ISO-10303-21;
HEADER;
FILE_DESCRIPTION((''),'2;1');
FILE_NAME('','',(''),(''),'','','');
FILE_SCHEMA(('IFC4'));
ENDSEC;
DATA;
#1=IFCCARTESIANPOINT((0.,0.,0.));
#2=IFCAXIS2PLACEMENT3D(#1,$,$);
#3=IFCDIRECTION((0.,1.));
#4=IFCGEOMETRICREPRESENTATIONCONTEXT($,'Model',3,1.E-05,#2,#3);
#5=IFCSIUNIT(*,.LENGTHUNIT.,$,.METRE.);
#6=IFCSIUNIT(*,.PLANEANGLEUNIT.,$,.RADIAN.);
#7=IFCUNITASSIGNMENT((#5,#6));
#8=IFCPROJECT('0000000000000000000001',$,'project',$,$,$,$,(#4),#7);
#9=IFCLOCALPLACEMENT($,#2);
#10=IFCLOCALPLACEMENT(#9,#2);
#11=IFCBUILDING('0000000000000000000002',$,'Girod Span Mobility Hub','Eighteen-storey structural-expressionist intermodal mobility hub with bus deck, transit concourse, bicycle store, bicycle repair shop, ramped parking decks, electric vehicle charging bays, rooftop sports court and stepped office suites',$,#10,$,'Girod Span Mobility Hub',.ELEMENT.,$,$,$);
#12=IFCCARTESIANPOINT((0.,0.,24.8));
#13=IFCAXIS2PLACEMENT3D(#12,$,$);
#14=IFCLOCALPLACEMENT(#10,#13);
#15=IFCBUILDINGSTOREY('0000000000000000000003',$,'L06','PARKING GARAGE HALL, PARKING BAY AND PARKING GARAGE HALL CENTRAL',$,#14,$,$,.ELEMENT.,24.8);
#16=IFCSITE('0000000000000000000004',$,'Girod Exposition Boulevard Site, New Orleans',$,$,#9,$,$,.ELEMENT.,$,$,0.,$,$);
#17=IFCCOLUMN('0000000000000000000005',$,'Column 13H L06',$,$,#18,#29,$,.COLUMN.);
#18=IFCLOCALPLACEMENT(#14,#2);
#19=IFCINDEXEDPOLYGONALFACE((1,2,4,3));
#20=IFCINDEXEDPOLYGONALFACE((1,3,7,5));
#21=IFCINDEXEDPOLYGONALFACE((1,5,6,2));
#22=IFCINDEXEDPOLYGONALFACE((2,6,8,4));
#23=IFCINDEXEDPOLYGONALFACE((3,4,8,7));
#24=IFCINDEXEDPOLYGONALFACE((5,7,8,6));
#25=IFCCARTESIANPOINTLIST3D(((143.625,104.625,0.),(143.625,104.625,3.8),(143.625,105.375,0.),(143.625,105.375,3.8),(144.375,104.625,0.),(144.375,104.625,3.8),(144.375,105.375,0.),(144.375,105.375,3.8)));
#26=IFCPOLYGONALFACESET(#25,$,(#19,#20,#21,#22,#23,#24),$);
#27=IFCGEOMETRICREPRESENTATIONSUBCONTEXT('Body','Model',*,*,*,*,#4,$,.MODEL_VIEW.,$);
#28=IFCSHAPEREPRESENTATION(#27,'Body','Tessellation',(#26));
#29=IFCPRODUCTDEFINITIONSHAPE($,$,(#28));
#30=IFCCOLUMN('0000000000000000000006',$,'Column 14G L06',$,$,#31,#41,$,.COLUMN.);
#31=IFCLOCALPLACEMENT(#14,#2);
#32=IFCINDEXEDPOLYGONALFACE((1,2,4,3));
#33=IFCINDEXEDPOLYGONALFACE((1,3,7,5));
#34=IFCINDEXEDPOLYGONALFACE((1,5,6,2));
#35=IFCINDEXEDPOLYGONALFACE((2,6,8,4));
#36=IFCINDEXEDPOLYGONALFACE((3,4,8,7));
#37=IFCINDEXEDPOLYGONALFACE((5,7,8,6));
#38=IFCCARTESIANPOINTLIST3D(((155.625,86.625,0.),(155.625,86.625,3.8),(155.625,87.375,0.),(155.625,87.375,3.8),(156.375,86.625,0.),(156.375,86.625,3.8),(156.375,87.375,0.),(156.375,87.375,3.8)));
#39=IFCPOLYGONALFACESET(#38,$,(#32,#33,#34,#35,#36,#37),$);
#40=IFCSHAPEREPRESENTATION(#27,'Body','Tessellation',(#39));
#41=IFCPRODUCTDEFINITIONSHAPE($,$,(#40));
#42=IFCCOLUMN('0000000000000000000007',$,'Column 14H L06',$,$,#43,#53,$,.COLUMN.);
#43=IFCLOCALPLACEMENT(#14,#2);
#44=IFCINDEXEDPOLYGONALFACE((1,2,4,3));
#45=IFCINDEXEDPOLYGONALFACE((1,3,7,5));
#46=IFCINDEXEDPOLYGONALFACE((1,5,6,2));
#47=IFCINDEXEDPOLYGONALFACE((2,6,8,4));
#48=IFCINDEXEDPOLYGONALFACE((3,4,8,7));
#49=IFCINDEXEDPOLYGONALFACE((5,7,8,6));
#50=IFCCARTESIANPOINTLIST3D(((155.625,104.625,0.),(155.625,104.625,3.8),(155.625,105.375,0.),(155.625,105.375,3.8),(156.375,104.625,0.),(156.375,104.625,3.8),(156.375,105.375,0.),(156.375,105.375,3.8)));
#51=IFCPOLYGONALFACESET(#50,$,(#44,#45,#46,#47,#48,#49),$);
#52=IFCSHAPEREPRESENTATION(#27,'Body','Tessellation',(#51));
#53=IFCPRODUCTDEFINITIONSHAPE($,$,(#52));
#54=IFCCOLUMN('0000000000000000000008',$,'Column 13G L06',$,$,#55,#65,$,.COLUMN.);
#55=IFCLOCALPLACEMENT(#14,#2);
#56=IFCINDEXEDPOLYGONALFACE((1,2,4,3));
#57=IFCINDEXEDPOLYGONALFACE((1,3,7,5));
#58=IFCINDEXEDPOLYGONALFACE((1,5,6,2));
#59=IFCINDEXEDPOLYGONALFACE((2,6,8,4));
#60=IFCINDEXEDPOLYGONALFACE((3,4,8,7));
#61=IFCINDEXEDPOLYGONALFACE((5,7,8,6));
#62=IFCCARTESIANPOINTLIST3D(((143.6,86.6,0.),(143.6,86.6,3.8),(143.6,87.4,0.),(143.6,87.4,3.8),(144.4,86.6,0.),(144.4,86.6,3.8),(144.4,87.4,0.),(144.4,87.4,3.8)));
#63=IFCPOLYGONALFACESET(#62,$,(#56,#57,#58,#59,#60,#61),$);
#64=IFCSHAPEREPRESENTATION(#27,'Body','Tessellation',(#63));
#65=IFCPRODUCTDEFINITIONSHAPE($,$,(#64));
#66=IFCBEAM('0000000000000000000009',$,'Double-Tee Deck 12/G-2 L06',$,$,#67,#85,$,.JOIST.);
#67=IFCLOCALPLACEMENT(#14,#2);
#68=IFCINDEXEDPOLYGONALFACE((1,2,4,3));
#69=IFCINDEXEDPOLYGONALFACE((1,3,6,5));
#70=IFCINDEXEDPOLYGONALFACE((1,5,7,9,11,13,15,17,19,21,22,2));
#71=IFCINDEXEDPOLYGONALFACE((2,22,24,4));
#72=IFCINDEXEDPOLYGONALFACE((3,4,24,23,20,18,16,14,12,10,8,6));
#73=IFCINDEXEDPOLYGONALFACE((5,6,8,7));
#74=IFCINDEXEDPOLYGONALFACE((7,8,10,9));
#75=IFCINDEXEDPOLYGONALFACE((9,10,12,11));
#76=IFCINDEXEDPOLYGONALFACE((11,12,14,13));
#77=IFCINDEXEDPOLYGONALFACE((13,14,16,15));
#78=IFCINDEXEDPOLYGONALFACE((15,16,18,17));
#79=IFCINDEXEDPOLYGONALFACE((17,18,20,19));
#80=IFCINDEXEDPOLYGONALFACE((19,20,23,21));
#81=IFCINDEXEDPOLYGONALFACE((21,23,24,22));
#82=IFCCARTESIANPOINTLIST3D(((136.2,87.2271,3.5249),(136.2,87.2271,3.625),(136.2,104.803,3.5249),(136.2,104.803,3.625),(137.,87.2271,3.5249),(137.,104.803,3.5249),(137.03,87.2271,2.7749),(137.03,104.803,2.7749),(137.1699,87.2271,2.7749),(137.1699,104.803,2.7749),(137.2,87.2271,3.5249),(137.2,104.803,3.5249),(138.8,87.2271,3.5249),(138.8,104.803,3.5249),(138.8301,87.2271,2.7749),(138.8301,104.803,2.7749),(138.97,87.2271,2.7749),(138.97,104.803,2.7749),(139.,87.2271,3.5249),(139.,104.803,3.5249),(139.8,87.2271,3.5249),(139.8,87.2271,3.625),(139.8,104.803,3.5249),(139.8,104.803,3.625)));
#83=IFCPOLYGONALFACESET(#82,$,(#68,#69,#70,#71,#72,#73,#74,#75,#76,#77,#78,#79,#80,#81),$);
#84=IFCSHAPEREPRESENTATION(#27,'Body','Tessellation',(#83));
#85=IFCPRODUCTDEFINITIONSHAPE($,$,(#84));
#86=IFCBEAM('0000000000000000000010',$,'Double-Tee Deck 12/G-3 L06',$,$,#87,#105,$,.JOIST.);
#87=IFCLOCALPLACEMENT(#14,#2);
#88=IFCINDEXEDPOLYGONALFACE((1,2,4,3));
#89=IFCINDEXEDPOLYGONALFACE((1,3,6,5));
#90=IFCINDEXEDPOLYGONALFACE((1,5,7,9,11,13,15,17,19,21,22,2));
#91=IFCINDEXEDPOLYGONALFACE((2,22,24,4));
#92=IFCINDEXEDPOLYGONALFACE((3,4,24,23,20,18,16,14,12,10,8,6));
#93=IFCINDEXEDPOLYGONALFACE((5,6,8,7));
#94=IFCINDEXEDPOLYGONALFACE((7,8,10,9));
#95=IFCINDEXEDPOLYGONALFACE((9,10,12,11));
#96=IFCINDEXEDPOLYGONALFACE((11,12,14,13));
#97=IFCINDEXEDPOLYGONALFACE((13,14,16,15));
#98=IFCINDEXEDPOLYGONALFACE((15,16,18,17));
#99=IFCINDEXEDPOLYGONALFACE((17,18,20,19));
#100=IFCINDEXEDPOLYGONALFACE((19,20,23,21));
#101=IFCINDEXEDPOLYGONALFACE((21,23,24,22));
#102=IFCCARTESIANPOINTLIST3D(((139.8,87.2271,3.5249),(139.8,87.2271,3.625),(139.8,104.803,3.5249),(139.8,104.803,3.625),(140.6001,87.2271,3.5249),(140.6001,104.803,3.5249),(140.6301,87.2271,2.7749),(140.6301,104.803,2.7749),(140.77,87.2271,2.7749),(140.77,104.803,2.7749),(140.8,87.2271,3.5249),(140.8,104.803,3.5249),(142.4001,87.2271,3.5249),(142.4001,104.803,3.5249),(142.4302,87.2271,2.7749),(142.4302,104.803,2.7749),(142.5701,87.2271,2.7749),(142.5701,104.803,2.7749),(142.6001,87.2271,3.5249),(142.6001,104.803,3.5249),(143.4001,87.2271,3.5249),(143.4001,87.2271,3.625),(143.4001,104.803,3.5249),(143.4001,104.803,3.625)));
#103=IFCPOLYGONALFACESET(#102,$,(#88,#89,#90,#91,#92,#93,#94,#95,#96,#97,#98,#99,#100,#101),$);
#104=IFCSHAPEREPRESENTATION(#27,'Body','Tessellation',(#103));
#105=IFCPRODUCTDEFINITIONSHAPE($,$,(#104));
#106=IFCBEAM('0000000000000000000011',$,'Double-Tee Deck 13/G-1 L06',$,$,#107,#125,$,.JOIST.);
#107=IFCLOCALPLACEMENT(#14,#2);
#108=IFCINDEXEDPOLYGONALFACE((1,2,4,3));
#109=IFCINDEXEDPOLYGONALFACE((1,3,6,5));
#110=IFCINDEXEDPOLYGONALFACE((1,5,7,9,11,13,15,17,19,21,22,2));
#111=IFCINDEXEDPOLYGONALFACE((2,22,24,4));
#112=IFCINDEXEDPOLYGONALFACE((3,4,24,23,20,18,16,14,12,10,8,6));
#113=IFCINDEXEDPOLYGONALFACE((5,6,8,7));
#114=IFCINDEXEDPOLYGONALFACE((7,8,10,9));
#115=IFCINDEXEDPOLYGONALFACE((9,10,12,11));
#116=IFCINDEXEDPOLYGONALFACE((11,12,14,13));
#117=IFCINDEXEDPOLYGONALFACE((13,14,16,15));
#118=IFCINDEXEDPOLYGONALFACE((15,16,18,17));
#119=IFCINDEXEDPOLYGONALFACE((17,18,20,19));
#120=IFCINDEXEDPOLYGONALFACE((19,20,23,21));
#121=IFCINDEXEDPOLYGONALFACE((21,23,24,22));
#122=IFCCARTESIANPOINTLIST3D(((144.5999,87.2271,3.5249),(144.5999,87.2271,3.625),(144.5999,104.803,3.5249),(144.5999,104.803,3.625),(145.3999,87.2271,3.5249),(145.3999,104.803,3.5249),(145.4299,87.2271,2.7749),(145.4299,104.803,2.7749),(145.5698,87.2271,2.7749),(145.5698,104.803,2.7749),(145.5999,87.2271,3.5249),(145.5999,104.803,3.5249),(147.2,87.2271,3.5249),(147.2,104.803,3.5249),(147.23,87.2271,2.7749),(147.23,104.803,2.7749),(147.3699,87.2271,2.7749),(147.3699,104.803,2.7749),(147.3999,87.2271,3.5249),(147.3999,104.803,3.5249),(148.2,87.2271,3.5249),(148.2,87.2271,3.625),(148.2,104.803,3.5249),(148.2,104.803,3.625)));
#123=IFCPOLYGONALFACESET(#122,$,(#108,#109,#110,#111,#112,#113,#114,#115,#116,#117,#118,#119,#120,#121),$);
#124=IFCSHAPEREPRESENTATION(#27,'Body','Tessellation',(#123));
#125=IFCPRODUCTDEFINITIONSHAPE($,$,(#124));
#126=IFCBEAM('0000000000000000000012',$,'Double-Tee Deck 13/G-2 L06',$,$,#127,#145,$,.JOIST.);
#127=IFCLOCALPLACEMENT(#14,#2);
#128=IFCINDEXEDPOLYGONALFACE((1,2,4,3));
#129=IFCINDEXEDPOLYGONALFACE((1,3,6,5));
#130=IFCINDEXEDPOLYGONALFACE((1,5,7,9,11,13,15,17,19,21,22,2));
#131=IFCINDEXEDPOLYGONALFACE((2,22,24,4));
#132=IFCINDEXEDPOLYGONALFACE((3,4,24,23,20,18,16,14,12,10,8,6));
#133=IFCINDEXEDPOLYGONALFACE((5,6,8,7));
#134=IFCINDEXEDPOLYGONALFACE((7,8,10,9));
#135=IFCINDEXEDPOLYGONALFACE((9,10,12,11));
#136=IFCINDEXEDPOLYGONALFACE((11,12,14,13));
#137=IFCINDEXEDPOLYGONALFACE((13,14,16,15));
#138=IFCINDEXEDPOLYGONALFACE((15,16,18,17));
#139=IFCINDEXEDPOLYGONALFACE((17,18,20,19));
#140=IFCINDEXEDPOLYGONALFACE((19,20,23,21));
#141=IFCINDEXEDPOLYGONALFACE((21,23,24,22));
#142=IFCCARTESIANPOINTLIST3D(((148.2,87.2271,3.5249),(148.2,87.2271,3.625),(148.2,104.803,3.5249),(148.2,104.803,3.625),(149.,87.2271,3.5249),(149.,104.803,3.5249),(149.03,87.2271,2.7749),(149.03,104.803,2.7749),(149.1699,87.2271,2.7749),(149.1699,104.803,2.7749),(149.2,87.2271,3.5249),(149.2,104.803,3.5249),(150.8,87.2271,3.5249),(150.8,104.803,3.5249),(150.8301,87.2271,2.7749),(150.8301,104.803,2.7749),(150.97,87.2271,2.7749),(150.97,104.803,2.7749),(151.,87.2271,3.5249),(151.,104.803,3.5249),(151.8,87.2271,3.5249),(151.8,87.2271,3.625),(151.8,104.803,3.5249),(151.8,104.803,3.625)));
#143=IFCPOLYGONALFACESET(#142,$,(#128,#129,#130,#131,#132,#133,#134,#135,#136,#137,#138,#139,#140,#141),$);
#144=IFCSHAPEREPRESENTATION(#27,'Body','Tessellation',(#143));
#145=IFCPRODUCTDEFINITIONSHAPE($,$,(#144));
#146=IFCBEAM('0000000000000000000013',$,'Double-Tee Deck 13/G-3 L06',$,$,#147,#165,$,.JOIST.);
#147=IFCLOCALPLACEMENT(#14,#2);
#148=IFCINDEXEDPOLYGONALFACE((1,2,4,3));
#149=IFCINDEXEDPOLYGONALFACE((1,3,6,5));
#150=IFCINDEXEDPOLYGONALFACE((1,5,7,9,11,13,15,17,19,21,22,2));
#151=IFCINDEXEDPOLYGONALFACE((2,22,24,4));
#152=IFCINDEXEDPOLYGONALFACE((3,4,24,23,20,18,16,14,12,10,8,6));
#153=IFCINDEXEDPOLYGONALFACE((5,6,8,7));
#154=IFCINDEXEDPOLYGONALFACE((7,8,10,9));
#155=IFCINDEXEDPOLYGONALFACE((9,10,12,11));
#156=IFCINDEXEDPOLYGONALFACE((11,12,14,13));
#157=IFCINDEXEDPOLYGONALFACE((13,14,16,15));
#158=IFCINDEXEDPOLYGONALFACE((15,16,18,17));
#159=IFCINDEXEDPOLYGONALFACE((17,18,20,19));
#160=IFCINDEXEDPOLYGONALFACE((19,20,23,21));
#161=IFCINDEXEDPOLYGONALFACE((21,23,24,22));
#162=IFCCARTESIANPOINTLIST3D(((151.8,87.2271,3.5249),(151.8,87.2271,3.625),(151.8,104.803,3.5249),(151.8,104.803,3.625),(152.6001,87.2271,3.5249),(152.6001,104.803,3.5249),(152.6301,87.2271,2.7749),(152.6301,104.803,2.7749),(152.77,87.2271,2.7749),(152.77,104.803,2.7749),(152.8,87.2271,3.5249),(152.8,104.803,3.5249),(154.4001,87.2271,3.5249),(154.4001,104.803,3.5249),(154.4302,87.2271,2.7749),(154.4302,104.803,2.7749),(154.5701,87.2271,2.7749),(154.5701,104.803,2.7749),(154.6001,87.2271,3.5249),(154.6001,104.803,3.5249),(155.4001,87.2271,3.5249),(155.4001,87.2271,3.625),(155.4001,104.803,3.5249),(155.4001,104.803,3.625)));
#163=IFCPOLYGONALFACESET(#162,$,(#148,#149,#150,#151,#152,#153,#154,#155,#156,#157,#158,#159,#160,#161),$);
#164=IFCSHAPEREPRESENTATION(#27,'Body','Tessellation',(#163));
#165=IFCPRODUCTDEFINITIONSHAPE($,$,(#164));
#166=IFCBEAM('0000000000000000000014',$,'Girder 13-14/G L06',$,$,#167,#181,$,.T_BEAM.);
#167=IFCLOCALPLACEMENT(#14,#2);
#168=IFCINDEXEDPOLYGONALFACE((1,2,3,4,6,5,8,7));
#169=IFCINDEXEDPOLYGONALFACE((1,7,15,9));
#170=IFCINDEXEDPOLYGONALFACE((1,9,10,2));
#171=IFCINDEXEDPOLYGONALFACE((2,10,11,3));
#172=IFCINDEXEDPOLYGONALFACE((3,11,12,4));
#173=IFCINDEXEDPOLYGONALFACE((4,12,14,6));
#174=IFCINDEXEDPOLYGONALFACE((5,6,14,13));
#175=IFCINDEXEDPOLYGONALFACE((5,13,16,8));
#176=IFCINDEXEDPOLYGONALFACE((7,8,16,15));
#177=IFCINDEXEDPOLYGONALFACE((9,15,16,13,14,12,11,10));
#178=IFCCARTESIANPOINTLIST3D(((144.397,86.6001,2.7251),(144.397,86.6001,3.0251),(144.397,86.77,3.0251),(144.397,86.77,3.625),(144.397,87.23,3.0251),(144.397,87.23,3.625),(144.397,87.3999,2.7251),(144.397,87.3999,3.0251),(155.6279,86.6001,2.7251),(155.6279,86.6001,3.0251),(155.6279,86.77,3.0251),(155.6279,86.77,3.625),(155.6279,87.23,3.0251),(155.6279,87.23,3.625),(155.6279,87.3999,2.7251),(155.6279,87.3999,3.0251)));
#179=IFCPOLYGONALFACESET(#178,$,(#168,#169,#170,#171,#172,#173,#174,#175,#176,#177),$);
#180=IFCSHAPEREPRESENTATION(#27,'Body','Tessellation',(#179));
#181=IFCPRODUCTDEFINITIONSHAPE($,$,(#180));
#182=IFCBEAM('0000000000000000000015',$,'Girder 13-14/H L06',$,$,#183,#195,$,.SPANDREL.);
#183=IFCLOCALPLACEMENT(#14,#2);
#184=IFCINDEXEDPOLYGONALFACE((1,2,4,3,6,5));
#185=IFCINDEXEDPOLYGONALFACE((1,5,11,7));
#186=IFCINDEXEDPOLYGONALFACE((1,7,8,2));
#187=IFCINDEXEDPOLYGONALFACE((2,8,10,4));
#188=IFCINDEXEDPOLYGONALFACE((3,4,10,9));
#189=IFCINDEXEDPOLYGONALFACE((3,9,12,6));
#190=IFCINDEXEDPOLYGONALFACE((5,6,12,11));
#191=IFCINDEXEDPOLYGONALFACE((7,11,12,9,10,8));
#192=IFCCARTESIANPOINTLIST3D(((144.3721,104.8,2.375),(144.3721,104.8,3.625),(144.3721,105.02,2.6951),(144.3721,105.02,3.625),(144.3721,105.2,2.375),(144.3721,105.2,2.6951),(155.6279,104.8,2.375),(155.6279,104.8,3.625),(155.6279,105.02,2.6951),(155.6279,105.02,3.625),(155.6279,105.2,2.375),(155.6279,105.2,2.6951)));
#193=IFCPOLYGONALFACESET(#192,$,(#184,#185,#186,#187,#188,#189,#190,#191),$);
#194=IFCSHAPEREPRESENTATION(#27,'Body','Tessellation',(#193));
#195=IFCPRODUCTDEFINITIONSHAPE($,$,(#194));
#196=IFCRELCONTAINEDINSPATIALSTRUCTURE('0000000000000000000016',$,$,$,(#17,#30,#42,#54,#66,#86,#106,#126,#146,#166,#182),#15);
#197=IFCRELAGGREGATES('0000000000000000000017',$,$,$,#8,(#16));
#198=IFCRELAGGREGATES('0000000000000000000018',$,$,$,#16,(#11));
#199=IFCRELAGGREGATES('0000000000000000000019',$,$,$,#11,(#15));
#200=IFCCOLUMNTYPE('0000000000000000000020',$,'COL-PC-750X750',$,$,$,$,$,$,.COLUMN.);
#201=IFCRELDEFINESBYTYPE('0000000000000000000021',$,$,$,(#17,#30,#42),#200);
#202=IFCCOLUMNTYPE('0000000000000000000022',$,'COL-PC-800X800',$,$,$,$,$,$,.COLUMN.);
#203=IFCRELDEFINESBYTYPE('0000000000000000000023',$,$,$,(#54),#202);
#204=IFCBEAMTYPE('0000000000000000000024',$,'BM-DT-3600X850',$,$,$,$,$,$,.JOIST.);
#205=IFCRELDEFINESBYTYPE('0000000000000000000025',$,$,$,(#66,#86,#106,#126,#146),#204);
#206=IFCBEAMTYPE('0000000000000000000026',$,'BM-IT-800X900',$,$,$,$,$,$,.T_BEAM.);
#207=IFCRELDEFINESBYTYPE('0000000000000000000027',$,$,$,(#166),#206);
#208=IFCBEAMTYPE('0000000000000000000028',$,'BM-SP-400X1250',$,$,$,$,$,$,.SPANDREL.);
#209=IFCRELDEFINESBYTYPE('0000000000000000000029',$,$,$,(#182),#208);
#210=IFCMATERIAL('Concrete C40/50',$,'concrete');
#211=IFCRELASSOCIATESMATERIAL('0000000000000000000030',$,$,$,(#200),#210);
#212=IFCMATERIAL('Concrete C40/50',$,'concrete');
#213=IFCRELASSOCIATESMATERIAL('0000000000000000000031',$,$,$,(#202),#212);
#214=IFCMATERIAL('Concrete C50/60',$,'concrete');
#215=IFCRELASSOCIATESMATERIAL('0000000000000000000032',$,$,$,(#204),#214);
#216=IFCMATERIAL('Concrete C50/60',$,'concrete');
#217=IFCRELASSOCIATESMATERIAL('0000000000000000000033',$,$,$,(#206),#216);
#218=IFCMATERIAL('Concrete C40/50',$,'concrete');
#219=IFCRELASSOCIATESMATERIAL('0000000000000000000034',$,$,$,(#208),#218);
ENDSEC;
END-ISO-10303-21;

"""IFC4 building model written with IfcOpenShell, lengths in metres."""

from ifc_helpers import new_model, si_unit, direction, frame, origin, origin_2d, place, context, subcontext, project, spatial, polyline, rectangle, outline, extrude, material, material_profile, profile_set, type_object, element, save


model = new_model("IFC4")

# Units and contexts
model_context = context("Model", 3, precision=1e-05, world=origin(), true_north=direction((0.0, 1.0)))
body_context = subcontext(model_context, "Body", "Model", "MODEL_VIEW")
ifc_project = project(units=[si_unit("LENGTHUNIT", "METRE"), si_unit("PLANEANGLEUNIT", "RADIAN")], contexts=[model_context])

# Site, building, storey
site_placement = place(None, origin())
site = spatial("IfcSite", under=ifc_project, at=site_placement, Name="Girod Exposition Boulevard Site, New Orleans", CompositionType="ELEMENT", RefElevation=0.0)
building_placement = place(site_placement, origin())
building = spatial("IfcBuilding", under=site, at=building_placement, Name="Girod Span Mobility Hub", Description="Eighteen-storey structural-expressionist intermodal mobility hub with bus deck, transit concourse, bicycle store, bicycle repair shop, ramped parking decks, electric vehicle charging bays, rooftop sports court and stepped office suites", LongName="Girod Span Mobility Hub", CompositionType="ELEMENT")
storey_placement = place(building_placement, frame((0.0, 0.0, 24.8)))
storey = spatial("IfcBuildingStorey", under=building, at=storey_placement, Name="L06", Description="PARKING GARAGE HALL, PARKING BAY AND PARKING GARAGE HALL CENTRAL", CompositionType="ELEMENT", Elevation=24.8)

# Columns
ifc_material_1 = material(Name="Concrete C40/50", Category="concrete")
ifc_material_profile_1 = material_profile(ifc_material_1, rectangle(XDim=0.75, YDim=0.75, at=origin_2d()), Name="PC-COL-750X750")
ifc_profile_set_1 = profile_set([ifc_material_profile_1], Name="Concrete C40/50")
column_type_1 = type_object("IfcColumnType", Name="COL-PC-750X750", PredefinedType="COLUMN", material=ifc_profile_set_1)
for number, where, z_axis, x_axis, name in (
    (1, (144.0, 105.0, 0.0), (0.0, 0.0, 1.0), (1.0, 0.0, 0.0), "Column 13H L06"),
    (2, (156.0, 87.0, 0.0), (0.0, 0.0, 1.0), (1.0, 0.0, 0.0), "Column 14G L06"),
    (3, (156.0, 105.0, 0.0), (0.0, 0.0, 1.0), (1.0, 0.0, 0.0), "Column 14H L06"),
):
    element("IfcColumn", number, at=place(storey_placement, frame(where, z_axis=z_axis, x_axis=x_axis)), inside=storey, type_object=column_type_1, Name=name, PredefinedType="COLUMN", context=body_context, shape_type="SweptSolid", body=[
        extrude(rectangle(XDim=0.75, YDim=0.75, at=origin_2d()), origin(), (0.0, 0.0, 1.0), 3.8),
    ])
ifc_material_2 = material(Name="Concrete C40/50", Category="concrete")
ifc_material_profile_2 = material_profile(ifc_material_2, rectangle(XDim=0.8, YDim=0.8, at=origin_2d()), Name="PC-COL-800X800")
ifc_profile_set_2 = profile_set([ifc_material_profile_2], Name="Concrete C40/50")
column_type_2 = type_object("IfcColumnType", Name="COL-PC-800X800", PredefinedType="COLUMN", material=ifc_profile_set_2)
column_placement = place(storey_placement, frame((144.0, 87.0, 0.0), z_axis=(0.0, 0.0, 1.0), x_axis=(1.0, 0.0, 0.0)))
element("IfcColumn", 4, at=column_placement, inside=storey, type_object=column_type_2, Name="Column 13G L06", PredefinedType="COLUMN", context=body_context, shape_type="SweptSolid", body=[
    extrude(rectangle(XDim=0.8, YDim=0.8, at=origin_2d()), origin(), (0.0, 0.0, 1.0), 3.8),
])

# Beams
ifc_material_3 = material(Name="Concrete C50/60", Category="concrete")
ifc_material_profile_3 = material_profile(ifc_material_3, outline(polyline([(-1.8, 0.425), (-1.8, 0.325), (-1.0, 0.325), (-0.97, -0.425), (-0.8301, -0.425), (-0.8, 0.325), (0.8, 0.325), (0.8301, -0.425), (0.97, -0.425), (1.0, 0.325), (1.8, 0.325), (1.8, 0.425), (-1.8, 0.425)])), Name="DT-3600X850")
ifc_profile_set_3 = profile_set([ifc_material_profile_3], Name="Concrete C50/60")
beam_type_1 = type_object("IfcBeamType", Name="BM-DT-3600X850", PredefinedType="JOIST", material=ifc_profile_set_3)
for number, where, z_axis, x_axis, name in (
    (5, (138.0, 87.2271, 3.2), (0.0, 1.0, 0.0), (-1.0, 0.0, 0.0), "Double-Tee Deck 12/G-2 L06"),
    (6, (141.6001, 87.2271, 3.2), (0.0, 1.0, 0.0), (-1.0, 0.0, 0.0), "Double-Tee Deck 12/G-3 L06"),
    (7, (146.3999, 87.2271, 3.2), (0.0, 1.0, 0.0), (-1.0, 0.0, 0.0), "Double-Tee Deck 13/G-1 L06"),
    (8, (150.0, 87.2271, 3.2), (0.0, 1.0, 0.0), (-1.0, 0.0, 0.0), "Double-Tee Deck 13/G-2 L06"),
    (9, (153.6001, 87.2271, 3.2), (0.0, 1.0, 0.0), (-1.0, 0.0, 0.0), "Double-Tee Deck 13/G-3 L06"),
):
    element("IfcBeam", number, at=place(storey_placement, frame(where, z_axis=z_axis, x_axis=x_axis)), inside=storey, type_object=beam_type_1, Name=name, PredefinedType="JOIST", context=body_context, shape_type="SweptSolid", body=[
        extrude(outline(polyline([(-1.8, 0.425), (-1.8, 0.325), (-1.0, 0.325), (-0.97, -0.425), (-0.8301, -0.425), (-0.8, 0.325), (0.8, 0.325), (0.8301, -0.425), (0.97, -0.425), (1.0, 0.325), (1.8, 0.325), (1.8, 0.425), (-1.8, 0.425)])), origin(), (0.0, 0.0, 1.0), 17.5759),
    ])
ifc_material_4 = material(Name="Concrete C50/60", Category="concrete")
ifc_material_profile_4 = material_profile(ifc_material_4, outline(polyline([(-0.3999, -0.45), (0.3999, -0.45), (0.3999, -0.1499), (0.23, -0.1499), (0.23, 0.45), (-0.23, 0.45), (-0.23, -0.1499), (-0.3999, -0.1499), (-0.3999, -0.45)])), Name="IT-800X900")
ifc_profile_set_4 = profile_set([ifc_material_profile_4], Name="Concrete C50/60")
beam_type_2 = type_object("IfcBeamType", Name="BM-IT-800X900", PredefinedType="T_BEAM", material=ifc_profile_set_4)
beam_1_placement = place(storey_placement, frame((144.397, 87.0, 3.175), z_axis=(1.0, 0.0, 0.0), x_axis=(0.0, 1.0, 0.0)))
element("IfcBeam", 10, at=beam_1_placement, inside=storey, type_object=beam_type_2, Name="Girder 13-14/G L06", PredefinedType="T_BEAM", context=body_context, shape_type="SweptSolid", body=[
    extrude(outline(polyline([(-0.3999, -0.45), (0.3999, -0.45), (0.3999, -0.1499), (0.23, -0.1499), (0.23, 0.45), (-0.23, 0.45), (-0.23, -0.1499), (-0.3999, -0.1499), (-0.3999, -0.45)])), origin(), (0.0, 0.0, 1.0), 11.231),
])
ifc_material_5 = material(Name="Concrete C40/50", Category="concrete")
ifc_material_profile_5 = material_profile(ifc_material_5, outline(polyline([(-0.2, -0.625), (0.2, -0.625), (0.2, -0.3049), (0.02, -0.3049), (0.02, 0.625), (-0.2, 0.625), (-0.2, -0.625)])), Name="SP-400X1250")
ifc_profile_set_5 = profile_set([ifc_material_profile_5], Name="Concrete C40/50")
beam_type_3 = type_object("IfcBeamType", Name="BM-SP-400X1250", PredefinedType="SPANDREL", material=ifc_profile_set_5)
beam_2_placement = place(storey_placement, frame((144.3721, 105.0, 3.0), z_axis=(1.0, 0.0, 0.0), x_axis=(0.0, 1.0, 0.0)))
element("IfcBeam", 11, at=beam_2_placement, inside=storey, type_object=beam_type_3, Name="Girder 13-14/H L06", PredefinedType="SPANDREL", context=body_context, shape_type="SweptSolid", body=[
    extrude(outline(polyline([(-0.2, -0.625), (0.2, -0.625), (0.2, -0.3049), (0.02, -0.3049), (0.02, 0.625), (-0.2, 0.625), (-0.2, -0.625)])), origin(), (0.0, 0.0, 1.0), 11.2559),
])

save(model, "model.ifc")
